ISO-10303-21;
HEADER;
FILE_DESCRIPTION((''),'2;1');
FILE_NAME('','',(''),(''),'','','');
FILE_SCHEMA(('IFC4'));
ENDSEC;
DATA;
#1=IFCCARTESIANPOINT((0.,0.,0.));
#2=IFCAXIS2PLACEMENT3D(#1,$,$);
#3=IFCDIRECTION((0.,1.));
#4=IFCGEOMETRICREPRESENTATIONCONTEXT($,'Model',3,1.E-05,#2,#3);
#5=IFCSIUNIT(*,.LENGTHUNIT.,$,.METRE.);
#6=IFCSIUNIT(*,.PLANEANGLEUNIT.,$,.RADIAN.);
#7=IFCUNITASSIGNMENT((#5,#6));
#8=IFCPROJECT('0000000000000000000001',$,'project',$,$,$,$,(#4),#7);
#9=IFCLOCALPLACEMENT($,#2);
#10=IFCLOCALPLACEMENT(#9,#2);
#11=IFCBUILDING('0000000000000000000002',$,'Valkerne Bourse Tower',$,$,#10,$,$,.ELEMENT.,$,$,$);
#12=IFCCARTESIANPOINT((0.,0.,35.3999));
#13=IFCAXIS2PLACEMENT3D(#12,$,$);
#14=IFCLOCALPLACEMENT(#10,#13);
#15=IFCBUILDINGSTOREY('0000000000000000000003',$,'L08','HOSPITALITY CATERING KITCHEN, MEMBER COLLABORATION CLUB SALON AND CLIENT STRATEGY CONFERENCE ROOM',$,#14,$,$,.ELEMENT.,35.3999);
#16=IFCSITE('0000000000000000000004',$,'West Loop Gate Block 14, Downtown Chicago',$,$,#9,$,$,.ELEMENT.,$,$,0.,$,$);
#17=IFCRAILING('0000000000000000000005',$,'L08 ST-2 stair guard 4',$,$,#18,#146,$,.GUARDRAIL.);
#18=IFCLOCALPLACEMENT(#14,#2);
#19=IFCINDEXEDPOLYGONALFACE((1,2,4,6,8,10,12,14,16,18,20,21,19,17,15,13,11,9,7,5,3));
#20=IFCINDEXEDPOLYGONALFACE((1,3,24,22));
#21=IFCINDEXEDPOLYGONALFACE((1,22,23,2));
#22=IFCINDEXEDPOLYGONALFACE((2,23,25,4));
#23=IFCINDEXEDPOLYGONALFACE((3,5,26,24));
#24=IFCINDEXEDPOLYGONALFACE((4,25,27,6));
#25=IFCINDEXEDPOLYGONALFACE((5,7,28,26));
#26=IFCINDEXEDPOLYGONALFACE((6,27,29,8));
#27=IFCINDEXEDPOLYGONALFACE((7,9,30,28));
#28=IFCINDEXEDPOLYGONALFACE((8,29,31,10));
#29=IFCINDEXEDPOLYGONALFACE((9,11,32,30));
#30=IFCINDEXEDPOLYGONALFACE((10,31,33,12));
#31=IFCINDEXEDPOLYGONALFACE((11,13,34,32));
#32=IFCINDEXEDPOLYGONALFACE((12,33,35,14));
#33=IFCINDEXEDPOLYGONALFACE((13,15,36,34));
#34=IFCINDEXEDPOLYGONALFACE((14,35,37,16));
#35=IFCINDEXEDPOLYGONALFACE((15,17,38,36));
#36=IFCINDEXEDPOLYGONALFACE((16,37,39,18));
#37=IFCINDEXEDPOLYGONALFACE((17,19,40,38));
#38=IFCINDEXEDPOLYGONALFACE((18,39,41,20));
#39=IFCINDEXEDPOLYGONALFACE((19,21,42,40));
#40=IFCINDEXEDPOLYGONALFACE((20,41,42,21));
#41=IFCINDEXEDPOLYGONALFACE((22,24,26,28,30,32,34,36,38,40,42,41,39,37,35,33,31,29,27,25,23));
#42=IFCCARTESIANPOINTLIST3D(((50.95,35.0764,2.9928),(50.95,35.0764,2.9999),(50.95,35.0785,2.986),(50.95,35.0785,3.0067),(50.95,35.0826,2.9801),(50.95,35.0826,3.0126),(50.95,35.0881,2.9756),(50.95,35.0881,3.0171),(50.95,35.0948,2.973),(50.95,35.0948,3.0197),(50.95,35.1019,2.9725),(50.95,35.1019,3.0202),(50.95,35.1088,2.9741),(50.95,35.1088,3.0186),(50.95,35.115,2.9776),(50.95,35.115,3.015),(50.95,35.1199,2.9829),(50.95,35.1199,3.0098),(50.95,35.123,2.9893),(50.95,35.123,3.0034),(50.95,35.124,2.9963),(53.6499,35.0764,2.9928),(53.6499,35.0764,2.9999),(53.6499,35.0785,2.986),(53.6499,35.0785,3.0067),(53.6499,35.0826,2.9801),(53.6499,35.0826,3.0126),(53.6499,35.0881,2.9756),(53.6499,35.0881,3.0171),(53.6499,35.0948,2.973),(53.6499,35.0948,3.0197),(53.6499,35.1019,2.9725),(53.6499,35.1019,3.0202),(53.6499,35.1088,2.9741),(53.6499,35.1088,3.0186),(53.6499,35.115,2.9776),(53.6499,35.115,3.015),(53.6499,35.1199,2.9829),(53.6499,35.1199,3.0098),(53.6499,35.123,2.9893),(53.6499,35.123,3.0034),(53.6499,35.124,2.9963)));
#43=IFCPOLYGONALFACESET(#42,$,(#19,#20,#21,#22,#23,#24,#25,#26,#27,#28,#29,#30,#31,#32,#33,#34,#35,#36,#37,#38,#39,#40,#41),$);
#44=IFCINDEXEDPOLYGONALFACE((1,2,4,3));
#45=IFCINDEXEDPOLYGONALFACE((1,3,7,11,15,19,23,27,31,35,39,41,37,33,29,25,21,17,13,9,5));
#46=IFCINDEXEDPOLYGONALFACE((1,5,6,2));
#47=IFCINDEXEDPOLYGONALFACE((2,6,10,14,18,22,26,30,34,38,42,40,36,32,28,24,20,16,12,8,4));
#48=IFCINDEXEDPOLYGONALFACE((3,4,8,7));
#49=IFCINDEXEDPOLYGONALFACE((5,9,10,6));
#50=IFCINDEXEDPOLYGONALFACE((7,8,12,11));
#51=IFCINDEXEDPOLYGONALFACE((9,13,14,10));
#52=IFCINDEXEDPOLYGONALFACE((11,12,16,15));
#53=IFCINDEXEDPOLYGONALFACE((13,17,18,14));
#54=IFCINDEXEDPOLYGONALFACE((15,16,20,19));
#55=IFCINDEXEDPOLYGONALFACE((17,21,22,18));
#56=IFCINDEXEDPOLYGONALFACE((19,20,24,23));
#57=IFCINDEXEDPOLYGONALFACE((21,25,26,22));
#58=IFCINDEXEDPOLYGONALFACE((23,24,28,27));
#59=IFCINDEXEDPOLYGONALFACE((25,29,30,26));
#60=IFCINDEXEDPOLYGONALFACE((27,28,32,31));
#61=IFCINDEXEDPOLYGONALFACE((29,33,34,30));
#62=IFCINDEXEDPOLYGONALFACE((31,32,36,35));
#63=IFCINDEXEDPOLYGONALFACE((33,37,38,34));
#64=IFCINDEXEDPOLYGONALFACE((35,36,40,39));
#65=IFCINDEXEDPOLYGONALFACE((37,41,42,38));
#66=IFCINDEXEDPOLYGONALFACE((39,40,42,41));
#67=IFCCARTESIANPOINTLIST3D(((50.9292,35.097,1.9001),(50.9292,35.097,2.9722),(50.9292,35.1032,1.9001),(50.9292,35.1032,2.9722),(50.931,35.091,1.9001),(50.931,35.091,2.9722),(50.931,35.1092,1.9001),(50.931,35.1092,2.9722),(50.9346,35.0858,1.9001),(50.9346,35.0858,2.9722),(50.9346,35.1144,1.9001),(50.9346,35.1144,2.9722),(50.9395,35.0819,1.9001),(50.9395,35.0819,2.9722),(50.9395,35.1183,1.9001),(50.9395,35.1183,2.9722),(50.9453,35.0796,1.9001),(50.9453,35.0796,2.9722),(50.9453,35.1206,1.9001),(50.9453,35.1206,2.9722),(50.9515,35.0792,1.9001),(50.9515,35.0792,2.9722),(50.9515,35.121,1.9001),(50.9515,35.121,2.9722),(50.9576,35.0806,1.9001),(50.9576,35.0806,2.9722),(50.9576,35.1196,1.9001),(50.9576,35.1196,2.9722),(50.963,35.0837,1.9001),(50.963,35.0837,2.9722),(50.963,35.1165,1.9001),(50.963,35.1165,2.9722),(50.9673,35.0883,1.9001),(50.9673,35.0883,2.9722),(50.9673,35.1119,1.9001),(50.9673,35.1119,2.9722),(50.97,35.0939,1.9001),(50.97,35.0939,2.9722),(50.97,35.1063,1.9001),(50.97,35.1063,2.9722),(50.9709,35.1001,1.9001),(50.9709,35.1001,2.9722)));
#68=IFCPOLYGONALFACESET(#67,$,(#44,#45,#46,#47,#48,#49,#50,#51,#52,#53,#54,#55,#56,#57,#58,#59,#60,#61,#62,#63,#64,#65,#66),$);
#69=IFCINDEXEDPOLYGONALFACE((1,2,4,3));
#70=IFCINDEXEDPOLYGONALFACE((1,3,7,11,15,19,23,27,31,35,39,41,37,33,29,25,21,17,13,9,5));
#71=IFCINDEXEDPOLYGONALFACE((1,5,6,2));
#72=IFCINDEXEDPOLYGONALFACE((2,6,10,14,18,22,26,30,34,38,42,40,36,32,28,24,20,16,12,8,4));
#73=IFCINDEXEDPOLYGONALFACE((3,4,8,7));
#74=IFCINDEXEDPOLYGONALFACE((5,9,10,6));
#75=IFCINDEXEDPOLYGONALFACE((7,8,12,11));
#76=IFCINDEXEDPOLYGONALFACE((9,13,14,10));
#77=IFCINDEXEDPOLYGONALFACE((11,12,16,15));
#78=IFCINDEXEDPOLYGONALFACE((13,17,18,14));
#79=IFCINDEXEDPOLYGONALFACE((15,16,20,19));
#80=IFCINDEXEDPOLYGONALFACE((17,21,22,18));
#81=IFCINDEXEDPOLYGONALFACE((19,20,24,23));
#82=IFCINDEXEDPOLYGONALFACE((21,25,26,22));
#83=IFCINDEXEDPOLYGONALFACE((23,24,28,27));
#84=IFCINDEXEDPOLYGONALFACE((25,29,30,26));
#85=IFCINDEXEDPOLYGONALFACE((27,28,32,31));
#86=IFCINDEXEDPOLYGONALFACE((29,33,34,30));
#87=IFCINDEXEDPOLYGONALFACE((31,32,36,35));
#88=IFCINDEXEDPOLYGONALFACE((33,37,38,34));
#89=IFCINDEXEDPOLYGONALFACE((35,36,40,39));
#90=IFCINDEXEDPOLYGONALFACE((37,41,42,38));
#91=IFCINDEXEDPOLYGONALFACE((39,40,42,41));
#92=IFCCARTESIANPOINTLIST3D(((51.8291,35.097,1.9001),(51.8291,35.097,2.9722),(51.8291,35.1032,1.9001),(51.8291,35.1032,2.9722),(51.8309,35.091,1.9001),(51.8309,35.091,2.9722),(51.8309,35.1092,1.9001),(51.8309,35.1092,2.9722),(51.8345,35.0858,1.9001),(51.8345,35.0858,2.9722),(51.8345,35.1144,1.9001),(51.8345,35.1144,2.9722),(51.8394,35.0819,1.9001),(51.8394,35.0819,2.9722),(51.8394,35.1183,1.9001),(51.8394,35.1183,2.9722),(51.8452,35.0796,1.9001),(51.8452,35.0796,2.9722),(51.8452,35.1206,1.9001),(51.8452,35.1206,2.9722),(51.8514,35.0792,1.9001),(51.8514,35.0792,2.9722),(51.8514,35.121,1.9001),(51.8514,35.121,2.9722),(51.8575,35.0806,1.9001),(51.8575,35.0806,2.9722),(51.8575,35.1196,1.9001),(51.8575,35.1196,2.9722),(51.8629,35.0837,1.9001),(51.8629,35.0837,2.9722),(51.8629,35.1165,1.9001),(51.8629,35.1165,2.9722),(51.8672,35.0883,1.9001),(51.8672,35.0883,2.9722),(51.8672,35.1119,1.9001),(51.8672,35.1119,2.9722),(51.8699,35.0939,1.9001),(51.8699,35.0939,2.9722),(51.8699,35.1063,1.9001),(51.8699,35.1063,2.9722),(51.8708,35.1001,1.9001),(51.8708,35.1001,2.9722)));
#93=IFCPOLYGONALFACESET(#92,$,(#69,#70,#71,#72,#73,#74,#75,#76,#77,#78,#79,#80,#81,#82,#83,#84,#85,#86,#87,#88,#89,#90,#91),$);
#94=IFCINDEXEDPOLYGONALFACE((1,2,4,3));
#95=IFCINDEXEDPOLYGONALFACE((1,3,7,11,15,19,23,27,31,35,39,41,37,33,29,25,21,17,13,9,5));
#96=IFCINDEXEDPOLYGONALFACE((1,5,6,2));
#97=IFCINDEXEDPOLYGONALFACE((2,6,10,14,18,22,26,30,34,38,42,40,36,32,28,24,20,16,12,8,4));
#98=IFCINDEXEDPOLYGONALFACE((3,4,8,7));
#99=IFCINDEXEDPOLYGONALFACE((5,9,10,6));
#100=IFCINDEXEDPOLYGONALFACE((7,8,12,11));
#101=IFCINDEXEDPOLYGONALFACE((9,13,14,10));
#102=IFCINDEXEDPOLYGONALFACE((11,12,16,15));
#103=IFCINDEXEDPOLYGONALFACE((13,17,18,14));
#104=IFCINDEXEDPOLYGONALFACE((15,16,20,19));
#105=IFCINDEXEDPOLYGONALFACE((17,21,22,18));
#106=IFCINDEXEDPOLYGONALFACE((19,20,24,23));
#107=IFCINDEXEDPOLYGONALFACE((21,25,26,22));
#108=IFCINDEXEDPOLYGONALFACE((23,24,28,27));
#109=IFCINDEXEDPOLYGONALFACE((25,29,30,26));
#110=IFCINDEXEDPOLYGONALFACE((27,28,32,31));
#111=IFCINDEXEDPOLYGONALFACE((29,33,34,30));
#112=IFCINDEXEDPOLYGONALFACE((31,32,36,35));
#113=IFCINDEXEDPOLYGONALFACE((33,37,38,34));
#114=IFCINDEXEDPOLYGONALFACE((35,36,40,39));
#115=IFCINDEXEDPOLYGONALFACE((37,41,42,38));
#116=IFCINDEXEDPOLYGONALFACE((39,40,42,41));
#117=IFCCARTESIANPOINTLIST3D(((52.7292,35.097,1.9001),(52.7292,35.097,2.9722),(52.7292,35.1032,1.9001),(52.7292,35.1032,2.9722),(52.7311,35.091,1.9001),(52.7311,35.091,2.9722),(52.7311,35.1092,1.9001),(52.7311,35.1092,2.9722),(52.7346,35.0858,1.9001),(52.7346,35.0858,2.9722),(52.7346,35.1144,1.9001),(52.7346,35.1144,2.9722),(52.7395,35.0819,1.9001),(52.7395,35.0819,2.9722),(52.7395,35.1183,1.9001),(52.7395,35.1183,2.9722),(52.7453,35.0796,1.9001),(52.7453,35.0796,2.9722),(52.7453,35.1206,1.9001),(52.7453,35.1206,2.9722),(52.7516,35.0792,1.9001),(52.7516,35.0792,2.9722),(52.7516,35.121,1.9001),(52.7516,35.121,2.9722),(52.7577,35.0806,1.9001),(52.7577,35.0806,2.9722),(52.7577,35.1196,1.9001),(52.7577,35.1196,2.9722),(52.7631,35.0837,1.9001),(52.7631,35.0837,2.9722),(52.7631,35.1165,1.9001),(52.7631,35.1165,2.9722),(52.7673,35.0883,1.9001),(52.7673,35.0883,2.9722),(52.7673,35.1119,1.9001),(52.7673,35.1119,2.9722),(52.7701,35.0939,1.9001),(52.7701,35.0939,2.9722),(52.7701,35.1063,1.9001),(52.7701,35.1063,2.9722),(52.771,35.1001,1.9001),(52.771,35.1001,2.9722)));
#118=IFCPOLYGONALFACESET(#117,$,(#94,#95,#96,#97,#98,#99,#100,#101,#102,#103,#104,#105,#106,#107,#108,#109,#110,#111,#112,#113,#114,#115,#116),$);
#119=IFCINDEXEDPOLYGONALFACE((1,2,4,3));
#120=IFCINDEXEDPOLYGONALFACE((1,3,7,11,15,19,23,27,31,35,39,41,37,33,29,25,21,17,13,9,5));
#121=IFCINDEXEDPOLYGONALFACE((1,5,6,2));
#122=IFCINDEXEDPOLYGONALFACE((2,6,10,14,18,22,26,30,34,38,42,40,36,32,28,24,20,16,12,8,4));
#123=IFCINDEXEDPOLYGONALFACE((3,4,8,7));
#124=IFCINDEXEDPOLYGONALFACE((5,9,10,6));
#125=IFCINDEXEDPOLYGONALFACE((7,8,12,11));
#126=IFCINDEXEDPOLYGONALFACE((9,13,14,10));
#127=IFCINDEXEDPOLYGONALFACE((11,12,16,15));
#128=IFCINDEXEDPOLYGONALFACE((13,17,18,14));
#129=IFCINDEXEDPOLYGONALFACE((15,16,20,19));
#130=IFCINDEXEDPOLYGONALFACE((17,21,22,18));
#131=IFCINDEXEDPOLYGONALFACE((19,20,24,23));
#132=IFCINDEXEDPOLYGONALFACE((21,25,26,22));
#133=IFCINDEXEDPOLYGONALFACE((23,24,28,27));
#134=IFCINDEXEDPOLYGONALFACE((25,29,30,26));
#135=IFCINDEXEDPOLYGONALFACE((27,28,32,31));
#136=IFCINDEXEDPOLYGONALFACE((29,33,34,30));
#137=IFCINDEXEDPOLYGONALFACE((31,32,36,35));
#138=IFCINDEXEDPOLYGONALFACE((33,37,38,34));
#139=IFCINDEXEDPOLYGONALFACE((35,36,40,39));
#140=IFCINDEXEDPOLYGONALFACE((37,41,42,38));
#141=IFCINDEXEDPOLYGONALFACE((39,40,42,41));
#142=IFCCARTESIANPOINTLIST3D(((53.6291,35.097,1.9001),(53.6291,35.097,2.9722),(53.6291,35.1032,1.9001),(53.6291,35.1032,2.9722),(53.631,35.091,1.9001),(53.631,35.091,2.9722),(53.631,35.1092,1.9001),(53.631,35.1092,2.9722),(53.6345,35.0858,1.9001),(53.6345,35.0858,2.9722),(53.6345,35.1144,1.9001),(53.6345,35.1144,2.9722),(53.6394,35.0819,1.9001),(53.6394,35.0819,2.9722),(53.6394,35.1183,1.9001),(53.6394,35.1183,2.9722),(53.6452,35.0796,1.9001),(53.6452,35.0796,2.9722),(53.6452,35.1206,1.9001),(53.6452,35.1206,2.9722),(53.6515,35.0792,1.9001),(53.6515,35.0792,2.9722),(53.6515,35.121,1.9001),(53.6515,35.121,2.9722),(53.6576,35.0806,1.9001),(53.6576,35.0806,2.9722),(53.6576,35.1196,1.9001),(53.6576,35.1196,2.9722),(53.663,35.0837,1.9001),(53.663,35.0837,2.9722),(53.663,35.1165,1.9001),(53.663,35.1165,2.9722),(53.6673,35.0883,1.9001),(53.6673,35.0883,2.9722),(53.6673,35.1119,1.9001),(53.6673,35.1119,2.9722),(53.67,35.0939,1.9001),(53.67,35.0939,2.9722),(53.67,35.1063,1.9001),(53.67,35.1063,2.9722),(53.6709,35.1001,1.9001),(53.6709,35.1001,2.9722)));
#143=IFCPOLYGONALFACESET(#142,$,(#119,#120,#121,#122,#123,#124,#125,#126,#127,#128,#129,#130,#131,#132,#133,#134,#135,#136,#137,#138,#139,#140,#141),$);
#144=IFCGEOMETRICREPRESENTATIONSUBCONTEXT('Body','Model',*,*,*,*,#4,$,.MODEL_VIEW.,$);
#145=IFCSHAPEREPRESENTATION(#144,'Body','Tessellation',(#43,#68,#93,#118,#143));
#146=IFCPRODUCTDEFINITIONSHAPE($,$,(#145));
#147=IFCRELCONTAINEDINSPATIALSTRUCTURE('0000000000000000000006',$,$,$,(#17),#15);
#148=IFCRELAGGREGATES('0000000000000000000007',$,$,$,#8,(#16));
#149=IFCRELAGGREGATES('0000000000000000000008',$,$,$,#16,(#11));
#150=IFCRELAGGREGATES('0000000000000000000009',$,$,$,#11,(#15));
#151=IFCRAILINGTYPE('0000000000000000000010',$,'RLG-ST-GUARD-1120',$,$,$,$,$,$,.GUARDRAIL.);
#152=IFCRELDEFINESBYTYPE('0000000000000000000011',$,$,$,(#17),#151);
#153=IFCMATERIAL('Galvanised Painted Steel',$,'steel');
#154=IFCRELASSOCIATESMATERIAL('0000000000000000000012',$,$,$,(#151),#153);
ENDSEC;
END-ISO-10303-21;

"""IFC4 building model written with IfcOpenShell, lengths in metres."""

from ifc_helpers import new_model, si_unit, direction, frame, origin, origin_2d, place, context, subcontext, project, spatial, circle, extrude, material, type_object, element, save


model = new_model("IFC4")

# Units and contexts
model_context = context("Model", 3, precision=1e-05, world=origin(), true_north=direction((0.0, 1.0)))
body_context = subcontext(model_context, "Body", "Model", "MODEL_VIEW")
ifc_project = project(units=[si_unit("LENGTHUNIT", "METRE"), si_unit("PLANEANGLEUNIT", "RADIAN")], contexts=[model_context])

# Site, building, storey
site_placement = place(None, origin())
site = spatial("IfcSite", under=ifc_project, at=site_placement, Name="West Loop Gate Block 14, Downtown Chicago", CompositionType="ELEMENT", RefElevation=0.0)
building_placement = place(site_placement, origin())
building = spatial("IfcBuilding", under=site, at=building_placement, Name="Valkerne Bourse Tower", CompositionType="ELEMENT")
storey_placement = place(building_placement, frame((0.0, 0.0, 35.3999)))
storey = spatial("IfcBuildingStorey", under=building, at=storey_placement, Name="L08", Description="HOSPITALITY CATERING KITCHEN, MEMBER COLLABORATION CLUB SALON AND CLIENT STRATEGY CONFERENCE ROOM", CompositionType="ELEMENT", Elevation=35.3999)

# Railing
ifc_material_1 = material(Name="Galvanised Painted Steel", Category="steel")
railing_type_1 = type_object("IfcRailingType", Name="RLG-ST-GUARD-1120", PredefinedType="GUARDRAIL", material=ifc_material_1)
railing_1_placement = place(storey_placement, frame((50.95, 35.1001, 1.9001)))
element("IfcRailing", 1, at=railing_1_placement, inside=storey, type_object=railing_type_1, Name="L08 ST-2 stair guard 4", PredefinedType="GUARDRAIL", context=body_context, shape_type="SweptSolid", body=[
    extrude(circle(Radius=0.0239, at=origin_2d()), frame((0.0, 0.0, 1.0962), z_axis=(1.0, 0.0, 0.0), x_axis=(0.0, 1.0, 0.0)), (0.0, 0.0, 1.0), 2.7),
    extrude(circle(Radius=0.021, at=origin_2d()), origin(), (0.0, 0.0, 1.0), 1.072),
    extrude(circle(Radius=0.021, at=origin_2d()), frame((0.8999, 0.0, 0.0)), (0.0, 0.0, 1.0), 1.072),
    extrude(circle(Radius=0.021, at=origin_2d()), frame((1.8, 0.0, 0.0)), (0.0, 0.0, 1.0), 1.072),
    extrude(circle(Radius=0.021, at=origin_2d()), frame((2.7, 0.0, 0.0)), (0.0, 0.0, 1.0), 1.072),
])

save(model, "model.ifc")
